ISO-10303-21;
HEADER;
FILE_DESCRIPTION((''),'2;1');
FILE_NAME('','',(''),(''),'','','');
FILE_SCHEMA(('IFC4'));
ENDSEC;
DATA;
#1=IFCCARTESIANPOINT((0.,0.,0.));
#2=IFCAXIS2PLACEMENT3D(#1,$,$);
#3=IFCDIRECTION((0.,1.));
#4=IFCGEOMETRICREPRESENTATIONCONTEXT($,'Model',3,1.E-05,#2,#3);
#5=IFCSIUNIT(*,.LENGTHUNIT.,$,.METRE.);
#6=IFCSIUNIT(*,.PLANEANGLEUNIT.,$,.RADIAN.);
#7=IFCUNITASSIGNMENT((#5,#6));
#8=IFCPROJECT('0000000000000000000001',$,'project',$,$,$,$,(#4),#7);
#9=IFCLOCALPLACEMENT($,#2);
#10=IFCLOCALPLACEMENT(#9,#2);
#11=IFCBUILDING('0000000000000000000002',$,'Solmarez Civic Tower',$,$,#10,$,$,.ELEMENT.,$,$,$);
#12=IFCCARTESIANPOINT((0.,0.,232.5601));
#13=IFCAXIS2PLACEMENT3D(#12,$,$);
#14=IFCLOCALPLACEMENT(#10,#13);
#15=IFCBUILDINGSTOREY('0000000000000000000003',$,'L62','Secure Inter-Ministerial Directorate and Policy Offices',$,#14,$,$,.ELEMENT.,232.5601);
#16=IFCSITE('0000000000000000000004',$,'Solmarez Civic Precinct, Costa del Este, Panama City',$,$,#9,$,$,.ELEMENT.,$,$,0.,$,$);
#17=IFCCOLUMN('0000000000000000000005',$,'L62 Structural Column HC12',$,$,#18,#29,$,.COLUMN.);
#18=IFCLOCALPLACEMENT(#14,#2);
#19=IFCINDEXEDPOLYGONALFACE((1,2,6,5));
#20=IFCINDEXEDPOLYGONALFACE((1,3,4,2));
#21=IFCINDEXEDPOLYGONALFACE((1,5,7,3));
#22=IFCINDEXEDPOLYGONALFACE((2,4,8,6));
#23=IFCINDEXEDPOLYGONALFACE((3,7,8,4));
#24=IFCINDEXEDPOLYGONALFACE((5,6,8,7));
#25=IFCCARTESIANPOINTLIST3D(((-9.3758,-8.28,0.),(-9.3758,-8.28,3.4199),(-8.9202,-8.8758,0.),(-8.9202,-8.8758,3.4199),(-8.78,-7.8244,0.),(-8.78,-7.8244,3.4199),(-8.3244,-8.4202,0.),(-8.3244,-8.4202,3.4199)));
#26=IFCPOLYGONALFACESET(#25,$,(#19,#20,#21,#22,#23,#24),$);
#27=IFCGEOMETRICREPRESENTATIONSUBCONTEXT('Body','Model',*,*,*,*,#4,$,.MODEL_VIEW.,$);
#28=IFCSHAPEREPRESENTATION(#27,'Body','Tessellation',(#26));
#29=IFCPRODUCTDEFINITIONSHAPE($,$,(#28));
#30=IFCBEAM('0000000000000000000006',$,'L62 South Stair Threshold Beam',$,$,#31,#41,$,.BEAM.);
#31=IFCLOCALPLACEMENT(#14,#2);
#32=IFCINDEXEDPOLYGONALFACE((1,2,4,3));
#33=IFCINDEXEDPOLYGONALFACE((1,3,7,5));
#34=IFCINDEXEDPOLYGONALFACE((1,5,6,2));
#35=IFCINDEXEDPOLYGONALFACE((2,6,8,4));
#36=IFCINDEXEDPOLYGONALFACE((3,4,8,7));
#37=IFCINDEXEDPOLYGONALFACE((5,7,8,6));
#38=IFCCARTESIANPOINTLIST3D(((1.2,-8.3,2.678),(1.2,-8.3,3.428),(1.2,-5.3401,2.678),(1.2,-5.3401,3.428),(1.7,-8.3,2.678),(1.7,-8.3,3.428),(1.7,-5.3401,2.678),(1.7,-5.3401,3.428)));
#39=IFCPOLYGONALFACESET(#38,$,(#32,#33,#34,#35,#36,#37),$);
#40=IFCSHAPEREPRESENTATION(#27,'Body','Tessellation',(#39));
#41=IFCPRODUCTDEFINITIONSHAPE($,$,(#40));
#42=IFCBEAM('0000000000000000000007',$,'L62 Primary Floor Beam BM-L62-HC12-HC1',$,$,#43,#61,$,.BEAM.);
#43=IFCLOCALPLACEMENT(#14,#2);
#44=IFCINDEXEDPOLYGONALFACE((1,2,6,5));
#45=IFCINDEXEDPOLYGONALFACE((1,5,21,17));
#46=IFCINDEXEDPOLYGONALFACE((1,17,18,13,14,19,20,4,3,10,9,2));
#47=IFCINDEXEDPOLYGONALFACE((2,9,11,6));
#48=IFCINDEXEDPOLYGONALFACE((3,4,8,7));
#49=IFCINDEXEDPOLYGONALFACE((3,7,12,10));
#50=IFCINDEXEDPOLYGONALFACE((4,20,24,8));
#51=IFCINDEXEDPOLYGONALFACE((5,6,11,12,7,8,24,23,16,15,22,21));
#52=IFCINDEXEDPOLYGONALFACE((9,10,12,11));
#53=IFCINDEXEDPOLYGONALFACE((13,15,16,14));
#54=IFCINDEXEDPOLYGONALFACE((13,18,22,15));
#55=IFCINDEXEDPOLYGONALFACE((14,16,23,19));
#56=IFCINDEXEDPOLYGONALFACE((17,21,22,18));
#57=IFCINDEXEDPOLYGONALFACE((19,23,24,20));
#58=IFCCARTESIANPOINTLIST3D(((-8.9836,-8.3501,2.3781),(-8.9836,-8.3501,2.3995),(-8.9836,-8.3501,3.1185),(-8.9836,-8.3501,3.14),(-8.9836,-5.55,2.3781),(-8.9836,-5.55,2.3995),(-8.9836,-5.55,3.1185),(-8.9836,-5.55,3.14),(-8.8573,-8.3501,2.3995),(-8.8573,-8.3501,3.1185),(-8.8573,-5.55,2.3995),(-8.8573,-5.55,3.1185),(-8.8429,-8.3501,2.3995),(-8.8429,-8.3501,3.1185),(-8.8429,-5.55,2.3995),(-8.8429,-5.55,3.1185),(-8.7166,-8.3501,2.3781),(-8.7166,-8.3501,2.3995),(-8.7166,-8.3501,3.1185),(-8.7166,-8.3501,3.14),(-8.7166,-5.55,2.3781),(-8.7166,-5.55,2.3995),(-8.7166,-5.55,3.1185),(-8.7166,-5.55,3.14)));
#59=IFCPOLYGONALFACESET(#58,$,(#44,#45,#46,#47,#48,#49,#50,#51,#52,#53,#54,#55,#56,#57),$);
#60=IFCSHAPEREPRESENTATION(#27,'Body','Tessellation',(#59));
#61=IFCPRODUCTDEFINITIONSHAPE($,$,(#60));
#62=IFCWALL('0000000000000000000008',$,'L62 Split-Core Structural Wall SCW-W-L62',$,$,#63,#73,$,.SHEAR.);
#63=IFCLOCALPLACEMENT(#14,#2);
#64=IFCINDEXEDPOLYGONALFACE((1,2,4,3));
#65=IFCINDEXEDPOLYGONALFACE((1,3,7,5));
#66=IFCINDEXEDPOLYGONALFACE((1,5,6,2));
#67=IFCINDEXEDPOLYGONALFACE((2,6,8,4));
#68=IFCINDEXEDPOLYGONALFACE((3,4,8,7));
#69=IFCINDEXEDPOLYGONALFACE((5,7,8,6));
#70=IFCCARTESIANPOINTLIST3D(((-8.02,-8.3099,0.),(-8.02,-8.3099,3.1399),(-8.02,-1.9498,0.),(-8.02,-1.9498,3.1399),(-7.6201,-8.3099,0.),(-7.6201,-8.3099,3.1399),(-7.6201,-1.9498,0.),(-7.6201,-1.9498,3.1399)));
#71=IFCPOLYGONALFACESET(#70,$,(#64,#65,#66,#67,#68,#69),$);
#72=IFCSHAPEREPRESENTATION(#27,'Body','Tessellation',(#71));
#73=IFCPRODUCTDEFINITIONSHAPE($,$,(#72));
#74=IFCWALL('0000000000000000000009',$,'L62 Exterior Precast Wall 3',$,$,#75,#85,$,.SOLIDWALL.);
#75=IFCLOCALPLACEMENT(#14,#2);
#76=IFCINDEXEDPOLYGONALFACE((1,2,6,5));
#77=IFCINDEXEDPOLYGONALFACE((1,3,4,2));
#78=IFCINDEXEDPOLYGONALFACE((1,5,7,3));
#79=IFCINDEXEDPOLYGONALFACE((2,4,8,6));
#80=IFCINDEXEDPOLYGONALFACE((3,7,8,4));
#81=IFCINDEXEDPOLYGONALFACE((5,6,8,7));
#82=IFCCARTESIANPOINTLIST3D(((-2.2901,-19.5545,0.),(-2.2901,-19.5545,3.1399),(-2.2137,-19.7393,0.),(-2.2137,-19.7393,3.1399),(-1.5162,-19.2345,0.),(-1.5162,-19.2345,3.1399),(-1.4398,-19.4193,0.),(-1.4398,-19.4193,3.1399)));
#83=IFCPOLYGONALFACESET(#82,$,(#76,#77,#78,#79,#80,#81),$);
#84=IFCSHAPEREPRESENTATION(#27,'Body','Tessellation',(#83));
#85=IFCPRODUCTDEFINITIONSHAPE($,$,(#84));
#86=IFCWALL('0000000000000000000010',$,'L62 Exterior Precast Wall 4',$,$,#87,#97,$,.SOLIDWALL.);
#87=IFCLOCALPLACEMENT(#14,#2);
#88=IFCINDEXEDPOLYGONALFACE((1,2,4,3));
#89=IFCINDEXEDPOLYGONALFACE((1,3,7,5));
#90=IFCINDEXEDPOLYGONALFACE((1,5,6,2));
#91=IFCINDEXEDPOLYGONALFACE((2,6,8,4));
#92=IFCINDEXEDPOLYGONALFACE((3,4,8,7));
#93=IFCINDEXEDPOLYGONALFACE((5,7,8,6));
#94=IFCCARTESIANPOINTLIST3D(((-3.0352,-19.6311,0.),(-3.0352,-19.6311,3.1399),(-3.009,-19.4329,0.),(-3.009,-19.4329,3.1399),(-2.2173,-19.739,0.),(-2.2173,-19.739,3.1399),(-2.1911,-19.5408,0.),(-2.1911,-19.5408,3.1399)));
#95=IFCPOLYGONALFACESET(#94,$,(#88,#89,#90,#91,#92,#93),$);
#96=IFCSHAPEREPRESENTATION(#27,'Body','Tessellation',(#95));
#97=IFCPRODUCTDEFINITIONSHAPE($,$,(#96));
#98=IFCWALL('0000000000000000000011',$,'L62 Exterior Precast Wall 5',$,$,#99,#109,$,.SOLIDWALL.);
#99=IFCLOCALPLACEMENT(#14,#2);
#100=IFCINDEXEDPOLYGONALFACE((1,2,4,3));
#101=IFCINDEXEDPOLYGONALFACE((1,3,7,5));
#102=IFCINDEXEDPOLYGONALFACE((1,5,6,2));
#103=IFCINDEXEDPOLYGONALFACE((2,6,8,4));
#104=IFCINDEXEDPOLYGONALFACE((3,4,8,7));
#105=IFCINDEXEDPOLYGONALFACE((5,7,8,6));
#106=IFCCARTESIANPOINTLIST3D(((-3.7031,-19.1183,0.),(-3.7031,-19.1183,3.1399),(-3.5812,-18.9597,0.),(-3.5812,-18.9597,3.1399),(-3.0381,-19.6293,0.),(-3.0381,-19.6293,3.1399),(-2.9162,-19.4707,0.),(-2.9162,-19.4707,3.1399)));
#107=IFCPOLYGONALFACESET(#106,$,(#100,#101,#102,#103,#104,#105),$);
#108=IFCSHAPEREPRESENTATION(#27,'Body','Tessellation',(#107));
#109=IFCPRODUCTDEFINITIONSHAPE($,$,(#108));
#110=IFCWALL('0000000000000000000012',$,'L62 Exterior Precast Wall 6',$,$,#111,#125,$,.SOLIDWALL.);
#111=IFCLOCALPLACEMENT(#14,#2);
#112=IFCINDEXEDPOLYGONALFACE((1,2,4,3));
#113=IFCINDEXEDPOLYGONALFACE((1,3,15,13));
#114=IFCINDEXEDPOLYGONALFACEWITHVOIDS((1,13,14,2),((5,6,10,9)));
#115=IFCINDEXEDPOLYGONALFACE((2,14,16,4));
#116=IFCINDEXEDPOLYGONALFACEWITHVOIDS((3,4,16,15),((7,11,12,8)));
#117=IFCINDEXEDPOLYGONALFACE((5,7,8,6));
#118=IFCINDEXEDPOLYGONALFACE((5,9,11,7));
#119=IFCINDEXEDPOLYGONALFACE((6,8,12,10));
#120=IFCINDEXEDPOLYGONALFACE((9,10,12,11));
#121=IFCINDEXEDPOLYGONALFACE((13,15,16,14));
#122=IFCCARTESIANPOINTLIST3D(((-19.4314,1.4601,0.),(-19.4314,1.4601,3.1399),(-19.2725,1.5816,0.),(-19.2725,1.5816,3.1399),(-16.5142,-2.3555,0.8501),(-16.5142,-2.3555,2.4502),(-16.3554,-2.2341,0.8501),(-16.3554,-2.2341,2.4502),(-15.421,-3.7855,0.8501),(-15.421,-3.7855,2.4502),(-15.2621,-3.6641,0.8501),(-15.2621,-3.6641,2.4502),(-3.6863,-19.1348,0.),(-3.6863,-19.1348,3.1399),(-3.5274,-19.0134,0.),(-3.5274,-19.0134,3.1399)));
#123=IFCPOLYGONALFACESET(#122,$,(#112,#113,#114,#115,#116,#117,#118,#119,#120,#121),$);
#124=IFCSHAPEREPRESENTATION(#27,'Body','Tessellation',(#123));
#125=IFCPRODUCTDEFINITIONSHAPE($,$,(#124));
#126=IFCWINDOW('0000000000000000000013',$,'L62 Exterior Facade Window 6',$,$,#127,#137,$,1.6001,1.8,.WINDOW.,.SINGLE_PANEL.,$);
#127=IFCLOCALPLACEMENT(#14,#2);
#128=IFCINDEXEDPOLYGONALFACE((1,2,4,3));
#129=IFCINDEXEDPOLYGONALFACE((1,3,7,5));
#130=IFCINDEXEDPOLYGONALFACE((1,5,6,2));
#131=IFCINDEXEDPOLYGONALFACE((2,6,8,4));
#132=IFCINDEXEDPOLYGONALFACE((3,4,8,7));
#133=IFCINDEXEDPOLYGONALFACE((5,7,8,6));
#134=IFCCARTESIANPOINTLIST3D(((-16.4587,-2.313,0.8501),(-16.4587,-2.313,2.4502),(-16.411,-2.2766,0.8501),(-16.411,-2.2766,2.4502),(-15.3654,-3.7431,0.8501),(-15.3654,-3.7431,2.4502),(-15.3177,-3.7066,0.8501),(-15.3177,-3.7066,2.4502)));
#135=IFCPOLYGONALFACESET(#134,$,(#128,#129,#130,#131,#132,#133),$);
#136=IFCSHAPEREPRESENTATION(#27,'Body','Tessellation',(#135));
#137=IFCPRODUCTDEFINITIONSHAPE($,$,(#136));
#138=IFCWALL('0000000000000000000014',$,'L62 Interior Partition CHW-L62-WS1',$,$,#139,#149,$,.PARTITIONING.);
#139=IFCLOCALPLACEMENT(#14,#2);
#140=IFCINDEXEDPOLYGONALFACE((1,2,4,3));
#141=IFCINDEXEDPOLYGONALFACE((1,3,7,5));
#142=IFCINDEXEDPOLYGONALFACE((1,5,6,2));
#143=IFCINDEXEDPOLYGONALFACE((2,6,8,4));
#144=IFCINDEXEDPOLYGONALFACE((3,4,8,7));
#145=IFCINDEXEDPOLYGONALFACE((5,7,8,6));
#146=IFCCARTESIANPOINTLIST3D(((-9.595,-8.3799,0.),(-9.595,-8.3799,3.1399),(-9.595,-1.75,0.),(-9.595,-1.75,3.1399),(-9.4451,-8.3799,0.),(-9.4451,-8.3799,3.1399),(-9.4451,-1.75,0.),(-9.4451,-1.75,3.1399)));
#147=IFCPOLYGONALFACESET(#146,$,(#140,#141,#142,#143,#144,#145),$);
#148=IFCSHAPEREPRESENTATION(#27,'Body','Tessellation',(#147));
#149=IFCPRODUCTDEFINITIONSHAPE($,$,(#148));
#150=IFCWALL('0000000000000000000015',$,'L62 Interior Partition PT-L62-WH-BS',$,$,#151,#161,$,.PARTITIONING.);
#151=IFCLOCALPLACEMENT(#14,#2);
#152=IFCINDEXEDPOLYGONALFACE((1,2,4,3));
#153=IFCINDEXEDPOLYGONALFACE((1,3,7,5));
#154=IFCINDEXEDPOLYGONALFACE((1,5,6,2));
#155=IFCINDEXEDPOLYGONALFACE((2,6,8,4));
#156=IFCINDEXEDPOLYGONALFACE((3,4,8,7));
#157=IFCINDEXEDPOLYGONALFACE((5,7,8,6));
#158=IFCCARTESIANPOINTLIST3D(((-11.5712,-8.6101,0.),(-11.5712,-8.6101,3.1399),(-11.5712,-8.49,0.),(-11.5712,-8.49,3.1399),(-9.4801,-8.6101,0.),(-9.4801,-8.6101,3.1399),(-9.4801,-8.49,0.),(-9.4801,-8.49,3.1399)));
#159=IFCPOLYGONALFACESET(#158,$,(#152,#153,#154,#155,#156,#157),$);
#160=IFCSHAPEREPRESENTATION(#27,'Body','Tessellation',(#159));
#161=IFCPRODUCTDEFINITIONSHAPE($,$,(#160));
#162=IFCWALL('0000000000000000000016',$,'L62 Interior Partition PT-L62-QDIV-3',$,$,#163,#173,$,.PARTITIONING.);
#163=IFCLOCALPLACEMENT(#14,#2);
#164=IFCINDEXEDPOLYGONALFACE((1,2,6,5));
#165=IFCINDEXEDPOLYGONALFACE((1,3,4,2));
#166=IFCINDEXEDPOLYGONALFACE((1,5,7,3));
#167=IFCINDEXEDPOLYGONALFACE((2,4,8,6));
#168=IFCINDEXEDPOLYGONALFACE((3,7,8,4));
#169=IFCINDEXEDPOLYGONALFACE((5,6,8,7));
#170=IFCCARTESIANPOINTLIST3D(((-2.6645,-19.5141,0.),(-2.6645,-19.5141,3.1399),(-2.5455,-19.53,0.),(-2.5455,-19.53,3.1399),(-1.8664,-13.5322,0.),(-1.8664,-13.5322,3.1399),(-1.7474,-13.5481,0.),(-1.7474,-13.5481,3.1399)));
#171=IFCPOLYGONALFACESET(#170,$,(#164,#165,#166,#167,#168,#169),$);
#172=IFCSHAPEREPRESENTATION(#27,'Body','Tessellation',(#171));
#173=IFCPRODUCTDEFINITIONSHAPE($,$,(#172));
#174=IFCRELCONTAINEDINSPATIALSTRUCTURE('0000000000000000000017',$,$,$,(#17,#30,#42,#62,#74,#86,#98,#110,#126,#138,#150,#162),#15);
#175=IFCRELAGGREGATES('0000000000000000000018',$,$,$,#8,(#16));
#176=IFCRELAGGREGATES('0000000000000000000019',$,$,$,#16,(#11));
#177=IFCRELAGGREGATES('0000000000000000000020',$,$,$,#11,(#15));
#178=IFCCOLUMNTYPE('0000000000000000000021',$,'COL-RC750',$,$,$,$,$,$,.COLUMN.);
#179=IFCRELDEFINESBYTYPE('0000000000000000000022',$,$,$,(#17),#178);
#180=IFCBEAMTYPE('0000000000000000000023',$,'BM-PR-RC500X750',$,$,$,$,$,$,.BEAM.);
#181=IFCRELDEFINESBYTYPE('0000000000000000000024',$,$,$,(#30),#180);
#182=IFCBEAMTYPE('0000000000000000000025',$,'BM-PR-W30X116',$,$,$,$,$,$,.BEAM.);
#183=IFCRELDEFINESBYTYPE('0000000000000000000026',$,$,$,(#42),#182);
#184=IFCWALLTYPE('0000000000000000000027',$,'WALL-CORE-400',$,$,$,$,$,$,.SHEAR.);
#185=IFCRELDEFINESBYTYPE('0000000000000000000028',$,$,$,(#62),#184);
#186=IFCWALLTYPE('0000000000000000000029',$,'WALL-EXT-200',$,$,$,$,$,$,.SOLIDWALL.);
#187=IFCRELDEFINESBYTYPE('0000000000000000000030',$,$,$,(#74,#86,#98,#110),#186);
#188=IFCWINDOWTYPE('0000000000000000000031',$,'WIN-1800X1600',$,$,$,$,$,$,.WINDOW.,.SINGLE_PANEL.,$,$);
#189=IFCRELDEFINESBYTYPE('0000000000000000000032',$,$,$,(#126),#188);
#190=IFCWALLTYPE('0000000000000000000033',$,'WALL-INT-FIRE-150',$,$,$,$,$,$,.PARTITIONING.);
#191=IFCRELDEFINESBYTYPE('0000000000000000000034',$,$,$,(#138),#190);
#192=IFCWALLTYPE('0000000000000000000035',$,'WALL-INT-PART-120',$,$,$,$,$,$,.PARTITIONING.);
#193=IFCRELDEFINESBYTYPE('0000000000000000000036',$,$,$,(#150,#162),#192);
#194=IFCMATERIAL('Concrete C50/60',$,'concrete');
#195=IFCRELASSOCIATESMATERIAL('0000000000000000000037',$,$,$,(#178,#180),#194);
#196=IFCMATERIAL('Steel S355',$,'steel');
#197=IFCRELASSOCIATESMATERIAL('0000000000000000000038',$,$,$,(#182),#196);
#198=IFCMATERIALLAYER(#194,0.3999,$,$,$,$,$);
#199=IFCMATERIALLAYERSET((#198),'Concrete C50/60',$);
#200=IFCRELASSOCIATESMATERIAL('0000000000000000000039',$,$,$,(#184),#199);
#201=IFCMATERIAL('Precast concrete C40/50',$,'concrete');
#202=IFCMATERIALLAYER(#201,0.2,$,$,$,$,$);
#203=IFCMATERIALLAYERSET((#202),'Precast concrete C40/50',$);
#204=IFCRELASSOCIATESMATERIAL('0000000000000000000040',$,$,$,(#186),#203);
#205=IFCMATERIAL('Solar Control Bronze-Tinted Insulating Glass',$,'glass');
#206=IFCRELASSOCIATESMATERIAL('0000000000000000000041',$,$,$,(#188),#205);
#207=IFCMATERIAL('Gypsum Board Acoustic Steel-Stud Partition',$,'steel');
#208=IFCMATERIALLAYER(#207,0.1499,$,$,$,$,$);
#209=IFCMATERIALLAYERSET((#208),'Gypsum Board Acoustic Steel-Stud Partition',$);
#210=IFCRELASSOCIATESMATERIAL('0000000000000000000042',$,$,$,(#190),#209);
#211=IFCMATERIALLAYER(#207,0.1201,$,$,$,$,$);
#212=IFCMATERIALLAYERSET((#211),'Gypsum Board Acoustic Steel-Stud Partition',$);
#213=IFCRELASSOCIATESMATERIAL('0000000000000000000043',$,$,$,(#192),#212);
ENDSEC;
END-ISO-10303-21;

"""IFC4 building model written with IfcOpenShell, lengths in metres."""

from ifc_helpers import new_model, si_unit, direction, frame, frame_2d, origin, origin_2d, place, context, subcontext, project, spatial, rectangle, i_section, extrude, material, layer, layer_set, material_profile, profile_set, type_object, element, fill, save


model = new_model("IFC4")

# Units and contexts
model_context = context("Model", 3, precision=1e-05, world=origin(), true_north=direction((0.0, 1.0)))
body_context = subcontext(model_context, "Body", "Model", "MODEL_VIEW")
ifc_project = project(units=[si_unit("LENGTHUNIT", "METRE"), si_unit("PLANEANGLEUNIT", "RADIAN")], contexts=[model_context])

# Site, building, storey
site_placement = place(None, origin())
site = spatial("IfcSite", under=ifc_project, at=site_placement, Name="Solmarez Civic Precinct, Costa del Este, Panama City", CompositionType="ELEMENT", RefElevation=0.0)
building_placement = place(site_placement, origin())
building = spatial("IfcBuilding", under=site, at=building_placement, Name="Solmarez Civic Tower", CompositionType="ELEMENT")
storey_placement = place(building_placement, frame((0.0, 0.0, 232.5601)))
storey = spatial("IfcBuildingStorey", under=building, at=storey_placement, Name="L62", Description="Secure Inter-Ministerial Directorate and Policy Offices", CompositionType="ELEMENT", Elevation=232.5601)

# Column
ifc_material_1 = material(Name="Concrete C50/60", Category="concrete")
ifc_material_profile_1 = material_profile(ifc_material_1, rectangle(XDim=0.75, YDim=0.75, at=origin_2d()), Name="RC750X750")
ifc_profile_set_1 = profile_set([ifc_material_profile_1], Name="Concrete C50/60")
column_type = type_object("IfcColumnType", Name="COL-RC750", PredefinedType="COLUMN", material=ifc_profile_set_1)
column_placement = place(storey_placement, frame((-8.8501, -8.3501, 0.0), z_axis=(0.0, 0.0, 1.0), x_axis=(0.794415, 0.607376, 0.0)))
element("IfcColumn", 1, at=column_placement, inside=storey, type_object=column_type, Name="L62 Structural Column HC12", PredefinedType="COLUMN", context=body_context, shape_type="SweptSolid", body=[
    extrude(rectangle(XDim=0.75, YDim=0.75, at=origin_2d()), origin(), (0.0, 0.0, 1.0), 3.4199),
])

# Beams
ifc_material_profile_2 = material_profile(ifc_material_1, rectangle(XDim=0.5, YDim=0.75, at=origin_2d()), Name="RC500X750")
ifc_profile_set_2 = profile_set([ifc_material_profile_2], Name="Concrete C50/60")
beam_type_1 = type_object("IfcBeamType", Name="BM-PR-RC500X750", PredefinedType="BEAM", material=ifc_profile_set_2)
beam_1_placement = place(storey_placement, frame((1.45, -8.3, 3.053), z_axis=(0.0, 1.0, 0.0), x_axis=(-1.0, 0.0, 0.0)))
element("IfcBeam", 2, at=beam_1_placement, inside=storey, type_object=beam_type_1, Name="L62 South Stair Threshold Beam", PredefinedType="BEAM", context=body_context, shape_type="SweptSolid", body=[
    extrude(rectangle(XDim=0.5, YDim=0.75, at=origin_2d()), origin(), (0.0, 0.0, 1.0), 2.96),
])
ifc_material_2 = material(Name="Steel S355", Category="steel")
ifc_material_profile_3 = material_profile(ifc_material_2, i_section(OverallWidth=0.2671, OverallDepth=0.762, WebThickness=0.0144, FlangeThickness=0.0215, at=origin_2d()), Name="W30X116")
ifc_profile_set_3 = profile_set([ifc_material_profile_3], Name="Steel S355")
beam_type_2 = type_object("IfcBeamType", Name="BM-PR-W30X116", PredefinedType="BEAM", material=ifc_profile_set_3)
beam_2_placement = place(storey_placement, frame((-8.8501, -8.3501, 2.759), z_axis=(0.0, 1.0, 0.0), x_axis=(-1.0, 0.0, 0.0)))
element("IfcBeam", 3, at=beam_2_placement, inside=storey, type_object=beam_type_2, Name="L62 Primary Floor Beam BM-L62-HC12-HC1", PredefinedType="BEAM", context=body_context, shape_type="SweptSolid", body=[
    extrude(i_section(OverallWidth=0.2671, OverallDepth=0.762, WebThickness=0.0144, FlangeThickness=0.0215, at=origin_2d()), origin(), (0.0, 0.0, 1.0), 2.8),
])

# Walls
ifc_layer_1 = layer(ifc_material_1, 0.3999)
ifc_layer_set_1 = layer_set([ifc_layer_1], Name="Concrete C50/60")
wall_type_1 = type_object("IfcWallType", Name="WALL-CORE-400", PredefinedType="SHEAR", material=ifc_layer_set_1)
wall_1_placement = place(storey_placement, frame((-7.8201, -8.3101, 0.0), z_axis=(0.0, 0.0, 1.0), x_axis=(0.0, 1.0, 0.0)))
element("IfcWall", 4, at=wall_1_placement, inside=storey, type_object=wall_type_1, Name="L62 Split-Core Structural Wall SCW-W-L62", PredefinedType="SHEAR", context=body_context, shape_type="SweptSolid", body=[
    extrude(rectangle(XDim=6.3601, YDim=0.3999, at=frame_2d((3.1802, 0.0))), origin(), (0.0, 0.0, 1.0), 3.1399),
])
ifc_material_3 = material(Name="Precast concrete C40/50", Category="concrete")
ifc_layer_2 = layer(ifc_material_3, 0.2)
ifc_layer_set_2 = layer_set([ifc_layer_2], Name="Precast concrete C40/50")
wall_type_2 = type_object("IfcWallType", Name="WALL-EXT-200", PredefinedType="SOLIDWALL", material=ifc_layer_set_2)
wall_2_placement = place(storey_placement, frame((-1.478, -19.3269, 0.0), z_axis=(0.0, 0.0, 1.0), x_axis=(-0.924091, -0.382172, 0.0)))
element("IfcWall", 5, at=wall_2_placement, inside=storey, type_object=wall_type_2, Name="L62 Exterior Precast Wall 3", PredefinedType="SOLIDWALL", context=body_context, shape_type="SweptSolid", body=[
    extrude(rectangle(XDim=0.8374, YDim=0.2, at=frame_2d((0.4187, 0.0))), origin(), (0.0, 0.0, 1.0), 3.1399),
])
wall_3_placement = place(storey_placement, frame((-2.2041, -19.6399, 0.0), z_axis=(0.0, 0.0, 1.0), x_axis=(-0.991408, 0.130807, 0.0)))
element("IfcWall", 6, at=wall_3_placement, inside=storey, type_object=wall_type_2, Name="L62 Exterior Precast Wall 4", PredefinedType="SOLIDWALL", context=body_context, shape_type="SweptSolid", body=[
    extrude(rectangle(XDim=0.825, YDim=0.2, at=frame_2d((0.4126, 0.0))), origin(), (0.0, 0.0, 1.0), 3.1399),
])
wall_4_placement = place(storey_placement, frame((-2.9771, -19.55, 0.0), z_axis=(0.0, 0.0, 1.0), x_axis=(-0.792959, 0.609275, 0.0)))
element("IfcWall", 7, at=wall_4_placement, inside=storey, type_object=wall_type_2, Name="L62 Exterior Precast Wall 5", PredefinedType="SOLIDWALL", context=body_context, shape_type="SweptSolid", body=[
    extrude(rectangle(XDim=0.8386, YDim=0.2, at=frame_2d((0.4194, 0.0))), origin(), (0.0, 0.0, 1.0), 3.1399),
])

# Wall, opening, window
wall_5_placement = place(storey_placement, frame((-3.6069, -19.074, 0.0), z_axis=(0.0, 0.0, 1.0), x_axis=(-0.607353, 0.794432, 0.0)))
wall_5 = element("IfcWall", 8, at=wall_5_placement, inside=storey, type_object=wall_type_2, Name="L62 Exterior Precast Wall 6", PredefinedType="SOLIDWALL", context=body_context, shape_type="SweptSolid", body=[
    extrude(rectangle(XDim=25.9241, YDim=0.2, at=frame_2d((12.9619, 0.0))), origin(), (0.0, 0.0, 1.0), 3.1399),
])
opening_placement = place(wall_5_placement, frame((19.321, 0.0, 0.8501)))
opening = element("IfcOpeningElement", 9, at=opening_placement, cuts=wall_5, PredefinedType="OPENING", context=body_context, shape_type="SweptSolid", body=[
    extrude(rectangle(XDim=1.8, YDim=1.6001, at=frame_2d((0.8999, 0.8))), frame((0.0, 0.1099, 0.0), z_axis=(0.0, -1.0, 0.0), x_axis=(1.0, 0.0, 0.0)), (0.0, 0.0, 1.0), 0.22),
])
ifc_material_4 = material(Name="Solar Control Bronze-Tinted Insulating Glass", Category="glass")
window_type = type_object("IfcWindowType", Name="WIN-1800X1600", PartitioningType="SINGLE_PANEL", PredefinedType="WINDOW", material=ifc_material_4)
window_placement = place(opening_placement, origin())
window = element("IfcWindow", 10, at=window_placement, inside=storey, type_object=window_type, Name="L62 Exterior Facade Window 6", OverallHeight=1.6001, OverallWidth=1.8, PartitioningType="SINGLE_PANEL", PredefinedType="WINDOW", context=body_context, shape_type="SweptSolid", body=[
    extrude(rectangle(XDim=1.8, YDim=1.6001, at=frame_2d((0.8999, 0.8))), frame((0.0, 0.03, 0.0), z_axis=(0.0, -1.0, 0.0), x_axis=(1.0, 0.0, 0.0)), (0.0, 0.0, 1.0), 0.0601),
])
fill(opening, window)

# Walls
ifc_material_5 = material(Name="Gypsum Board Acoustic Steel-Stud Partition", Category="steel")
ifc_layer_3 = layer(ifc_material_5, 0.1499)
ifc_layer_set_3 = layer_set([ifc_layer_3], Name="Gypsum Board Acoustic Steel-Stud Partition")
wall_type_3 = type_object("IfcWallType", Name="WALL-INT-FIRE-150", PredefinedType="PARTITIONING", material=ifc_layer_set_3)
wall_6_placement = place(storey_placement, frame((-9.52, -8.3799, 0.0), z_axis=(0.0, 0.0, 1.0), x_axis=(0.0, 1.0, 0.0)))
element("IfcWall", 11, at=wall_6_placement, inside=storey, type_object=wall_type_3, Name="L62 Interior Partition CHW-L62-WS1", PredefinedType="PARTITIONING", context=body_context, shape_type="SweptSolid", body=[
    extrude(rectangle(XDim=6.6299, YDim=0.1499, at=frame_2d((3.3149, 0.0))), origin(), (0.0, 0.0, 1.0), 3.1399),
])
ifc_layer_4 = layer(ifc_material_5, 0.1201)
ifc_layer_set_4 = layer_set([ifc_layer_4], Name="Gypsum Board Acoustic Steel-Stud Partition")
wall_type_4 = type_object("IfcWallType", Name="WALL-INT-PART-120", PredefinedType="PARTITIONING", material=ifc_layer_set_4)
wall_7_placement = place(storey_placement, frame((-11.571, -8.55, 0.0), z_axis=(0.0, 0.0, 1.0), x_axis=(1.0, 0.0, 0.0)))
element("IfcWall", 12, at=wall_7_placement, inside=storey, type_object=wall_type_4, Name="L62 Interior Partition PT-L62-WH-BS", PredefinedType="PARTITIONING", context=body_context, shape_type="SweptSolid", body=[
    extrude(rectangle(XDim=2.0911, YDim=0.1201, at=frame_2d((1.0454, 0.0))), origin(), (0.0, 0.0, 1.0), 3.1399),
])
wall_8_placement = place(storey_placement, frame((-1.8069, -13.54, 0.0), z_axis=(0.0, 0.0, 1.0), x_axis=(-0.132246, -0.991217, 0.0)))
element("IfcWall", 13, at=wall_8_placement, inside=storey, type_object=wall_type_4, Name="L62 Interior Partition PT-L62-QDIV-3", PredefinedType="PARTITIONING", context=body_context, shape_type="SweptSolid", body=[
    extrude(rectangle(XDim=6.0349, YDim=0.1201, at=frame_2d((3.0176, 0.0))), origin(), (0.0, 0.0, 1.0), 3.1399),
])

save(model, "model.ifc")
